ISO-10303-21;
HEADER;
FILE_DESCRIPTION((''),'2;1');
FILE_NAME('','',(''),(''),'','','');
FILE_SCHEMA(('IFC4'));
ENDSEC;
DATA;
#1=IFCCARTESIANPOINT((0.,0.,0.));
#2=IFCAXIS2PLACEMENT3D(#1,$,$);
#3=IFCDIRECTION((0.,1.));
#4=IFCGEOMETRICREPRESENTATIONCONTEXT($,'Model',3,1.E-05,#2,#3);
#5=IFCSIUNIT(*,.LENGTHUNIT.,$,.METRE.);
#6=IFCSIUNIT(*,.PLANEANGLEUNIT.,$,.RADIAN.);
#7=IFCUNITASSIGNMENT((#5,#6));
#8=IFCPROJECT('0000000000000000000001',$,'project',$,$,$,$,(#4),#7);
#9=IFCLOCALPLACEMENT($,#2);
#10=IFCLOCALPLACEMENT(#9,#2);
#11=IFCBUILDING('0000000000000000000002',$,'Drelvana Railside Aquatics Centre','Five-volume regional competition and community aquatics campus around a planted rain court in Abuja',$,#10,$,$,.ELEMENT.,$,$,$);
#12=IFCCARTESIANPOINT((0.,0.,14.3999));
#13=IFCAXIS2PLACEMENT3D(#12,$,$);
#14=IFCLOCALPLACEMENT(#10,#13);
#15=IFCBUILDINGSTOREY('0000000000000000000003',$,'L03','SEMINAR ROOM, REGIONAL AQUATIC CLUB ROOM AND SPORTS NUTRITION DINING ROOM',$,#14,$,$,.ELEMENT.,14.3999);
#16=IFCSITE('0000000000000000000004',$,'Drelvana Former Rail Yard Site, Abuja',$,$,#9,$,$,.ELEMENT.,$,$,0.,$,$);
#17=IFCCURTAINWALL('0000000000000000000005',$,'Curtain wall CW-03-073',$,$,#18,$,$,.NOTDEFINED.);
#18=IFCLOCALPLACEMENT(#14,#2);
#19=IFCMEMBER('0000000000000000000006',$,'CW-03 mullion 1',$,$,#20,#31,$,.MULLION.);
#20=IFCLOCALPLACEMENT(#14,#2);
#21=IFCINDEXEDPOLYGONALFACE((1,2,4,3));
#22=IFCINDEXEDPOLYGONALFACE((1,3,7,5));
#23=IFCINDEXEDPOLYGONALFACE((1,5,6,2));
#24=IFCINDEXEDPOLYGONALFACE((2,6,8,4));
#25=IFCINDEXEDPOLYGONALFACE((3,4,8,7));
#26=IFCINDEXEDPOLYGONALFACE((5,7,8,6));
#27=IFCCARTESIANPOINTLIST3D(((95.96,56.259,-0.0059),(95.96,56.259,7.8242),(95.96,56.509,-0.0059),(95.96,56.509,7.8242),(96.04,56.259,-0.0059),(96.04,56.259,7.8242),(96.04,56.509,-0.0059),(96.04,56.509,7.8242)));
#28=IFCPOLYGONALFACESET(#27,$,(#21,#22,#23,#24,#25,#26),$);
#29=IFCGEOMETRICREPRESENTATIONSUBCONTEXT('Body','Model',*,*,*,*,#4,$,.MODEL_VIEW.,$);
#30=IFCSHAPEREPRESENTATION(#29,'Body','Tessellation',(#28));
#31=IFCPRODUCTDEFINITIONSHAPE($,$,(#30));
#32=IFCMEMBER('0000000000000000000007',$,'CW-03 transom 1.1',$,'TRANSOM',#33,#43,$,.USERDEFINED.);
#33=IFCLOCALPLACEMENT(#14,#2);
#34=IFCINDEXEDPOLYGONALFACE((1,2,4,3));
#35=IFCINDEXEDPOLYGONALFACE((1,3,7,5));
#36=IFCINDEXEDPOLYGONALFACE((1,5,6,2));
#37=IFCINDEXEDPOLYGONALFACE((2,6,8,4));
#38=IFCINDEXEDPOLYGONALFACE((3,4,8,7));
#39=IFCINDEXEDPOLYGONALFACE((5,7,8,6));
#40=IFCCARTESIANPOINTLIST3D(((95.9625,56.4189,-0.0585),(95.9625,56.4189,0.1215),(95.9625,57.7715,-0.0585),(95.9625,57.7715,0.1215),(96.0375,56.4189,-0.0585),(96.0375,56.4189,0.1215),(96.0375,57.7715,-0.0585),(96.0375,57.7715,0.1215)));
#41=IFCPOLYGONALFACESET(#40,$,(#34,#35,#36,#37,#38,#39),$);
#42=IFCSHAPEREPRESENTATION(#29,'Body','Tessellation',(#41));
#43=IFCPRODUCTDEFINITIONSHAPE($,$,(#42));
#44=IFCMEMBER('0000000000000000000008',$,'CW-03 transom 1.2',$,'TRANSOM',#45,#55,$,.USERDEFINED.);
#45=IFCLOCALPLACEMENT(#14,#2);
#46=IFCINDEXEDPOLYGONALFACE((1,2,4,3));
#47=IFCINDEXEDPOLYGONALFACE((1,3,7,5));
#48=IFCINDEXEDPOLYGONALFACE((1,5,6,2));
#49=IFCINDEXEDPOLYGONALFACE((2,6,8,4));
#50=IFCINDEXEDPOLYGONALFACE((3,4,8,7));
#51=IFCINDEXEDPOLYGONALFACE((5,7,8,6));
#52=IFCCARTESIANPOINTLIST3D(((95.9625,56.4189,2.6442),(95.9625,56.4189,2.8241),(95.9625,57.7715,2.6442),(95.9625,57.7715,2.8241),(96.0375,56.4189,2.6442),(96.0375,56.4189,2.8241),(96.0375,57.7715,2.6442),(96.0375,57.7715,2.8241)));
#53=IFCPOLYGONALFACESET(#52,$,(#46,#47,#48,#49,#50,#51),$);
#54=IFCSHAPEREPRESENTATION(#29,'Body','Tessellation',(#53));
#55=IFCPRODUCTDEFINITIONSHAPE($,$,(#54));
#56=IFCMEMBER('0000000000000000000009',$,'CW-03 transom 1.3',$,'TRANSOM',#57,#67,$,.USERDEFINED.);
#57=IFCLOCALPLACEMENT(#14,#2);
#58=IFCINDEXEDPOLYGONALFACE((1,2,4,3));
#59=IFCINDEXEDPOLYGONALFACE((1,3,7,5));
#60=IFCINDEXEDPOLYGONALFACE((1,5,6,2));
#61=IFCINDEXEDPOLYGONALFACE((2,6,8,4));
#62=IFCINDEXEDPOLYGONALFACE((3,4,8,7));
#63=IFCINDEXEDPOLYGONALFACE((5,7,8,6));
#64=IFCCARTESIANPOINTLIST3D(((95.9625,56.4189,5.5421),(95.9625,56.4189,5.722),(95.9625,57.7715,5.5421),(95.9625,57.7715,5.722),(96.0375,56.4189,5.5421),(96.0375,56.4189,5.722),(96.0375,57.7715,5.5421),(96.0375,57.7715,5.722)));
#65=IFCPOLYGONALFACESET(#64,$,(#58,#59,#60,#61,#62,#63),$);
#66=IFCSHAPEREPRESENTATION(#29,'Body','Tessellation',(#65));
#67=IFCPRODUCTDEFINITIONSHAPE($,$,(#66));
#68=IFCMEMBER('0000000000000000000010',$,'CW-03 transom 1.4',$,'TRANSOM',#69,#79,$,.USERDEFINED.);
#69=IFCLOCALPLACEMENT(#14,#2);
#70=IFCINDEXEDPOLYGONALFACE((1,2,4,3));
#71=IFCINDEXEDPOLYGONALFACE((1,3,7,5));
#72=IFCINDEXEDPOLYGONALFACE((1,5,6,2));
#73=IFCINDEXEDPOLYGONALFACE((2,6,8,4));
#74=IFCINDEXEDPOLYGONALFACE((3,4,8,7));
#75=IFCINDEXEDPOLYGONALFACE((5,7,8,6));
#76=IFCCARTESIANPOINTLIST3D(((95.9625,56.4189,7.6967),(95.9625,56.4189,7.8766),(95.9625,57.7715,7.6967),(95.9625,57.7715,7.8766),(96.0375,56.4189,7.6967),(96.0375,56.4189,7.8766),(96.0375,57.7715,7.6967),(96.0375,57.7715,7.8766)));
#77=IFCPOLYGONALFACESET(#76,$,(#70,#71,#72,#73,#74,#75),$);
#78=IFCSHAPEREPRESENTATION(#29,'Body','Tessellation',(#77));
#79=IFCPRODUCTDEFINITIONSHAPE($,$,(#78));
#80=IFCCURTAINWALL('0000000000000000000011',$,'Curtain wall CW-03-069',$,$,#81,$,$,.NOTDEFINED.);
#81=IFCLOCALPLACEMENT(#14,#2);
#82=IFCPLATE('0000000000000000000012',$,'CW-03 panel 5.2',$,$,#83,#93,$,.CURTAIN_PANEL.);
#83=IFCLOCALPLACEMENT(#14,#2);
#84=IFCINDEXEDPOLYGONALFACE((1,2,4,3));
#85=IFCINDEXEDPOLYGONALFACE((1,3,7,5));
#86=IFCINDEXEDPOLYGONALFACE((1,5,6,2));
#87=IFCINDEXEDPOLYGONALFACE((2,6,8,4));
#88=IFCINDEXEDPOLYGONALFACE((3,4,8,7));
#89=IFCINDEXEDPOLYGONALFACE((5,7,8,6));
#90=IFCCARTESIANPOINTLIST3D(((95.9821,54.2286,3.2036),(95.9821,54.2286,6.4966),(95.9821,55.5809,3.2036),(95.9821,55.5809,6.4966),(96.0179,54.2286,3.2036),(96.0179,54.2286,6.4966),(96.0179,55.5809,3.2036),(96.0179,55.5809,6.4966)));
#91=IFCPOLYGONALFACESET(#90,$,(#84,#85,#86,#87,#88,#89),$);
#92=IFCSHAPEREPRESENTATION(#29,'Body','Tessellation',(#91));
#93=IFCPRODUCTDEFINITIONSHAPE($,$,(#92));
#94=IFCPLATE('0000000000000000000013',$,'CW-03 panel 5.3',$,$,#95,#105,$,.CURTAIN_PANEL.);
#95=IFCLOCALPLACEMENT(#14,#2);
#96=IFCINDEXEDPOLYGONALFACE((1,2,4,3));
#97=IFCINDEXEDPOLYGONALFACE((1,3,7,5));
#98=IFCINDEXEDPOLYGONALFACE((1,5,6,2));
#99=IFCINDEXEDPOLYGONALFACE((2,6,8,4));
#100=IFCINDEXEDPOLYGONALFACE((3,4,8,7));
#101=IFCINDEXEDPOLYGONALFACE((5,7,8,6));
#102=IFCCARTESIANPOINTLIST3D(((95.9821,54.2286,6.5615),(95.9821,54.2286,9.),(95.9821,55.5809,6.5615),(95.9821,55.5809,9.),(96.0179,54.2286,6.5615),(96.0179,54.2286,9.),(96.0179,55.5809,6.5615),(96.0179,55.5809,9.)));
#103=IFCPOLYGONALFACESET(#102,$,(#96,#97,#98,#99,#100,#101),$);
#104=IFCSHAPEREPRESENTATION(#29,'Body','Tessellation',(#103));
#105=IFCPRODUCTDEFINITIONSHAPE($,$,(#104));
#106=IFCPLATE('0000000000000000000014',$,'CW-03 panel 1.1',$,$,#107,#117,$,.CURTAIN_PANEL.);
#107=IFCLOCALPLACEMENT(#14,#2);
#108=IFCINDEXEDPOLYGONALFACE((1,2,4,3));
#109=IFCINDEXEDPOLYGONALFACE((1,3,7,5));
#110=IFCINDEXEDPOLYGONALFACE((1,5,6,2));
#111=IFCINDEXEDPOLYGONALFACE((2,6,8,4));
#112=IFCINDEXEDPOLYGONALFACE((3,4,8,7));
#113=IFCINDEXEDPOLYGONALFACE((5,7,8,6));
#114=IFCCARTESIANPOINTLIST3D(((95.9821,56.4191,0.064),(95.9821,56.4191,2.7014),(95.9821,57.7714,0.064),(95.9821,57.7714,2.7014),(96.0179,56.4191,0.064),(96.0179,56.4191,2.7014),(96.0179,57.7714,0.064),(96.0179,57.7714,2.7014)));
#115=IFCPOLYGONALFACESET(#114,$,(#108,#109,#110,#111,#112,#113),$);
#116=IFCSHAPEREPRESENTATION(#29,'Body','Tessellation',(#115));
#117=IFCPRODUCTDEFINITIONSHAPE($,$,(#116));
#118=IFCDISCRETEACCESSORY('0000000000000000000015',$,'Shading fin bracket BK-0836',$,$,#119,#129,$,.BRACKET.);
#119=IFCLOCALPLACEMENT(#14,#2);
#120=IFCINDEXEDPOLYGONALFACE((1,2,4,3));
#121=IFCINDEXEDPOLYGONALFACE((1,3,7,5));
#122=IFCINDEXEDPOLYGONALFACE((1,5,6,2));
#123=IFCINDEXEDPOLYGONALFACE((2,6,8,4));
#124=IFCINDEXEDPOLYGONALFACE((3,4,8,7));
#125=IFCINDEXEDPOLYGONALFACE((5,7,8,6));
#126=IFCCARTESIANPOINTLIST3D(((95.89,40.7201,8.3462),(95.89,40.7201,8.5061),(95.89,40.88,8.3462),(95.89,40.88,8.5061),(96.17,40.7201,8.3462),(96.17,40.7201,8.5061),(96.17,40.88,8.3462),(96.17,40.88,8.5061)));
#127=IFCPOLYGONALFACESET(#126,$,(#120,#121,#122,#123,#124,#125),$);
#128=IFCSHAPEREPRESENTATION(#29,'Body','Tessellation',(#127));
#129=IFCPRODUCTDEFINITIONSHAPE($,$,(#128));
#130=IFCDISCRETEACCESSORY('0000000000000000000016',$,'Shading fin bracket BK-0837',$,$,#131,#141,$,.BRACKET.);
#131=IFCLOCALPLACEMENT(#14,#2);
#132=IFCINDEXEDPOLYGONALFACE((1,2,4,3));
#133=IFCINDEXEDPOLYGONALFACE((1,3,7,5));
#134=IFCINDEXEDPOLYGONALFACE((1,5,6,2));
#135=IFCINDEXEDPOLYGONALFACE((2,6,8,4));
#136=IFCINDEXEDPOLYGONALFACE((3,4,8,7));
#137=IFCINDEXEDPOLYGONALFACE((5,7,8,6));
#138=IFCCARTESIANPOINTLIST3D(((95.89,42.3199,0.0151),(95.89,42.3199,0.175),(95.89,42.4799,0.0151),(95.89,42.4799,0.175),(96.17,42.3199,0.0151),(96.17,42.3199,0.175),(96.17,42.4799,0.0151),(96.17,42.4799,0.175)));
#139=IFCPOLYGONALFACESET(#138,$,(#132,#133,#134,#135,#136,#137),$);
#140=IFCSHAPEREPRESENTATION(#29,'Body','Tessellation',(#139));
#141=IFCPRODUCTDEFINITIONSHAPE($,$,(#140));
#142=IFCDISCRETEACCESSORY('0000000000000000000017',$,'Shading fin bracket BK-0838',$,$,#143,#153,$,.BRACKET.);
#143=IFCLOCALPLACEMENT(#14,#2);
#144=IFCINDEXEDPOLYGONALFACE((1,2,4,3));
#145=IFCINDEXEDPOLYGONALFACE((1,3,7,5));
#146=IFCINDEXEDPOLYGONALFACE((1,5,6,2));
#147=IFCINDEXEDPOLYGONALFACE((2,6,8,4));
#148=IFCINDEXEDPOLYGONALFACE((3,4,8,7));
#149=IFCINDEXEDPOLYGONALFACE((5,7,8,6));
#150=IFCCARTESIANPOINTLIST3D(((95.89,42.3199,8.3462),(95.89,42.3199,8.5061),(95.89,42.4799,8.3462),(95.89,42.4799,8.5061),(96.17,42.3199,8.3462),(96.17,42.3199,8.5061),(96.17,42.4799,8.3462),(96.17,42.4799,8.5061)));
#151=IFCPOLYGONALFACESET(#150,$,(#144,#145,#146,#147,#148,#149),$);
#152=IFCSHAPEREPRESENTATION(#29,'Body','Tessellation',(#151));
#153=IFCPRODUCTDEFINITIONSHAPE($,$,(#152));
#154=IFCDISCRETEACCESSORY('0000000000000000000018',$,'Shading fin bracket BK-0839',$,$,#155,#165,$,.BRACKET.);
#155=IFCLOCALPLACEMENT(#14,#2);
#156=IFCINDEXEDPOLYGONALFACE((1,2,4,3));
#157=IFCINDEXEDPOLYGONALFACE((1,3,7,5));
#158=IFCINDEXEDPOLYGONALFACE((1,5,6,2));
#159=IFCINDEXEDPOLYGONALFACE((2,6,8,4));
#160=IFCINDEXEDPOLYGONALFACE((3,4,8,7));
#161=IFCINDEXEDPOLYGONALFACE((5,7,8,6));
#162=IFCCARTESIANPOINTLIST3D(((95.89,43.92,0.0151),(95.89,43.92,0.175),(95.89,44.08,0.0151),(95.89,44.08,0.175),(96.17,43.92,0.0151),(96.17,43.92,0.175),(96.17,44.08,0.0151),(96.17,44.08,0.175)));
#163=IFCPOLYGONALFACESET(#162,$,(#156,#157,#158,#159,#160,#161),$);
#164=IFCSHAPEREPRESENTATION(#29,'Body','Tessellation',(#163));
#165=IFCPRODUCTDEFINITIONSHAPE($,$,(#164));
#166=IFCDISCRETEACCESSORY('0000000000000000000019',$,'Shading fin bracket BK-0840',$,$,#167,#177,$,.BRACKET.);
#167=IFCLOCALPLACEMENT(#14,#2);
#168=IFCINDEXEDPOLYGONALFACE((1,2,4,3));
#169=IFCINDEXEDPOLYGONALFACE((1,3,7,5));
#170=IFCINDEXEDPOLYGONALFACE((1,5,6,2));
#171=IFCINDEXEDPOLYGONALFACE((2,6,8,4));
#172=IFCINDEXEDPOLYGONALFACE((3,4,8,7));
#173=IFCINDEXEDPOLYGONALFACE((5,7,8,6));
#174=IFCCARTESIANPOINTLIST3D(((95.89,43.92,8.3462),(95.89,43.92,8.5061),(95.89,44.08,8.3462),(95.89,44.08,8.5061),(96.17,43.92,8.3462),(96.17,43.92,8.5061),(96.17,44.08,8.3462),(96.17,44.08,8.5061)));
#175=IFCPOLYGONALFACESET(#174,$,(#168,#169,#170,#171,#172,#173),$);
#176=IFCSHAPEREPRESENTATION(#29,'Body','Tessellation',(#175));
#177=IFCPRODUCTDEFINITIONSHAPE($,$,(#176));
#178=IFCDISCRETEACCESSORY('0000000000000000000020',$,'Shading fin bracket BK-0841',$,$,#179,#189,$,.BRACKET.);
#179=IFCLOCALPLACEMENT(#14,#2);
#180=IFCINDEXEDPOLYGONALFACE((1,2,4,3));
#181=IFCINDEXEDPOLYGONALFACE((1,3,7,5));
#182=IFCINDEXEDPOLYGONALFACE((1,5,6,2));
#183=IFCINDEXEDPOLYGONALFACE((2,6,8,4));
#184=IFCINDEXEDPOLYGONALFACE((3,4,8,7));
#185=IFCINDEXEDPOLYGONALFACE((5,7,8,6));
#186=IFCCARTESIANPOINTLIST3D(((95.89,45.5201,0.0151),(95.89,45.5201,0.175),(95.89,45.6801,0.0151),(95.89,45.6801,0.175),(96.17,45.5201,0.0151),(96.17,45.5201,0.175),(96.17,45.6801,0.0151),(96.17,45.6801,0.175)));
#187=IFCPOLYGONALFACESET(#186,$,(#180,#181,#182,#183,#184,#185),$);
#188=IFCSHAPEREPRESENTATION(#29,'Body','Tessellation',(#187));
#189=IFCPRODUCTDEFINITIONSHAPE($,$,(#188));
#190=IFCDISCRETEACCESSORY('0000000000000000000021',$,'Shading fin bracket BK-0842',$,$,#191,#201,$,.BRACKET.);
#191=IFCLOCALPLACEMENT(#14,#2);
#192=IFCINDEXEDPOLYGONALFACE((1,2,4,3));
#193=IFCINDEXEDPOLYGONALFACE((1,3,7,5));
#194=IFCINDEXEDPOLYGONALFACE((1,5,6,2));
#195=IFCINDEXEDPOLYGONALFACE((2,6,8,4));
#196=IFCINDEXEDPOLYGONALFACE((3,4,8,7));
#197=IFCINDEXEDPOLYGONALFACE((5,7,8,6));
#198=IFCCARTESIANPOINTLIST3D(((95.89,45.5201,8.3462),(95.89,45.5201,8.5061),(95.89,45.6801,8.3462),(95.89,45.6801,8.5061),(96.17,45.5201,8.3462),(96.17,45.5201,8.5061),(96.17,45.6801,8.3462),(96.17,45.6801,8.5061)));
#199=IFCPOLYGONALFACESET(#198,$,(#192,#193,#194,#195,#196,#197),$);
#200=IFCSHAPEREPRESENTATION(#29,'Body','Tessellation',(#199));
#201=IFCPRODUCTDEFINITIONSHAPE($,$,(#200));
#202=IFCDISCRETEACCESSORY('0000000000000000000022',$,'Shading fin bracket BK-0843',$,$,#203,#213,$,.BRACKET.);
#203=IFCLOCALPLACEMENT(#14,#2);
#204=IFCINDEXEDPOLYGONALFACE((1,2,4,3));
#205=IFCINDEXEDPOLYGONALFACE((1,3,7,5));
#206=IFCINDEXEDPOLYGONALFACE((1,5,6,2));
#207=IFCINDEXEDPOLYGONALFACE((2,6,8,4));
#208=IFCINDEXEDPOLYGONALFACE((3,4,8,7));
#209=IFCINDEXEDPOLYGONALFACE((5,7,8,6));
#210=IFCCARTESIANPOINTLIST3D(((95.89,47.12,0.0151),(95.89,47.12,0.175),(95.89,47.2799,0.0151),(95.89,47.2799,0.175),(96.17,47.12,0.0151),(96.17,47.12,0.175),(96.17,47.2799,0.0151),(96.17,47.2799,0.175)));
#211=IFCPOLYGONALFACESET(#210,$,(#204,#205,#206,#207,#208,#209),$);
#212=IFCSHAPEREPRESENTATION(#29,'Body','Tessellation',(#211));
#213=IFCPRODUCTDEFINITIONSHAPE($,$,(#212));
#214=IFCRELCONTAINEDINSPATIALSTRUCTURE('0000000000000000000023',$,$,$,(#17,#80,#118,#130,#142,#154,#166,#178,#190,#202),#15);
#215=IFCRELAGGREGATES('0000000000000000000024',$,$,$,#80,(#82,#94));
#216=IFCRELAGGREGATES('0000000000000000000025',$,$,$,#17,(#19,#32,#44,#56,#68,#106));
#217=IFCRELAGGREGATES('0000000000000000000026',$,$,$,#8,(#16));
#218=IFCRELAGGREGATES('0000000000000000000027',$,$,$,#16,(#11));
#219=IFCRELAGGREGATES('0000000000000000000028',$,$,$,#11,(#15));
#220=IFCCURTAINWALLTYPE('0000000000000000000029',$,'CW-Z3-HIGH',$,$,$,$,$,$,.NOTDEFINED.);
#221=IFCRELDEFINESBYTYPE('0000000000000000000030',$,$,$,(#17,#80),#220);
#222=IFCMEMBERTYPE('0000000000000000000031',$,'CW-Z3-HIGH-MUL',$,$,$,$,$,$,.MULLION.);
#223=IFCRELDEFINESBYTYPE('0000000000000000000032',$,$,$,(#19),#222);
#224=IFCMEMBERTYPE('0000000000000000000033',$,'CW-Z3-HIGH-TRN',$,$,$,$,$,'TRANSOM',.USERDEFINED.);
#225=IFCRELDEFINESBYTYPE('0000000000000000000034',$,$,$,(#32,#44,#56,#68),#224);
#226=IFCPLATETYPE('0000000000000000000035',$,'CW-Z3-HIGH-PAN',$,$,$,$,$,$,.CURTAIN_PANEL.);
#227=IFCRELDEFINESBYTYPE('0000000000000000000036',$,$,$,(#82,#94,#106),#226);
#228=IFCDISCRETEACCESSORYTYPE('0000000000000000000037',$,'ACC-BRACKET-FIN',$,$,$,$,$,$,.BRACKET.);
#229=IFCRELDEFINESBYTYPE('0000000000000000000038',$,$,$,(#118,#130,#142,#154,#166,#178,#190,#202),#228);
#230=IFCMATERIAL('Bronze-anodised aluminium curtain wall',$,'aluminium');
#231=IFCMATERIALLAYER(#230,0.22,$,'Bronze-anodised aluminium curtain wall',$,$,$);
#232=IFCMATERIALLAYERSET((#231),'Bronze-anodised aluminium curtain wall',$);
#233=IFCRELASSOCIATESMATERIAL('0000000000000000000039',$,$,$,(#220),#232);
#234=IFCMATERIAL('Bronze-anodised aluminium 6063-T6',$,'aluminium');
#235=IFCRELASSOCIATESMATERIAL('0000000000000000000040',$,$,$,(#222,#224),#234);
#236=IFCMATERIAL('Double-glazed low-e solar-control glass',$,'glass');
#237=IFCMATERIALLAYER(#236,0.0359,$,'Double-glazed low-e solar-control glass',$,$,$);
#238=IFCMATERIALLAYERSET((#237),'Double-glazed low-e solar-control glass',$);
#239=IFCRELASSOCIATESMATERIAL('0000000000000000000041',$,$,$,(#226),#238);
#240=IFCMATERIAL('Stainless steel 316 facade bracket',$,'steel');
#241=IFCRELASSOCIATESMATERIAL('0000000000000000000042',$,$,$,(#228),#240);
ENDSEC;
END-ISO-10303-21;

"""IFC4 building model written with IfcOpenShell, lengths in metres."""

from ifc_helpers import new_model, si_unit, direction, frame, origin, origin_2d, place, context, subcontext, project, spatial, rectangle, extrude, material, layer, layer_set, material_profile, profile_set, type_object, element, aggregate, save


model = new_model("IFC4")

# Units and contexts
model_context = context("Model", 3, precision=1e-05, world=origin(), true_north=direction((0.0, 1.0)))
body_context = subcontext(model_context, "Body", "Model", "MODEL_VIEW")
ifc_project = project(units=[si_unit("LENGTHUNIT", "METRE"), si_unit("PLANEANGLEUNIT", "RADIAN")], contexts=[model_context])

# Site, building, storey
site_placement = place(None, origin())
site = spatial("IfcSite", under=ifc_project, at=site_placement, Name="Drelvana Former Rail Yard Site, Abuja", CompositionType="ELEMENT", RefElevation=0.0)
building_placement = place(site_placement, origin())
building = spatial("IfcBuilding", under=site, at=building_placement, Name="Drelvana Railside Aquatics Centre", Description="Five-volume regional competition and community aquatics campus around a planted rain court in Abuja", CompositionType="ELEMENT")
storey_placement = place(building_placement, frame((0.0, 0.0, 14.3999)))
storey = spatial("IfcBuildingStorey", under=building, at=storey_placement, Name="L03", Description="SEMINAR ROOM, REGIONAL AQUATIC CLUB ROOM AND SPORTS NUTRITION DINING ROOM", CompositionType="ELEMENT", Elevation=14.3999)

# Curtain wall, members
ifc_material_1 = material(Name="Bronze-anodised aluminium curtain wall", Category="aluminium")
ifc_layer_1 = layer(ifc_material_1, 0.22, Name="Bronze-anodised aluminium curtain wall")
ifc_layer_set_1 = layer_set([ifc_layer_1], Name="Bronze-anodised aluminium curtain wall")
curtain_wall_type = type_object("IfcCurtainWallType", Name="CW-Z3-HIGH", PredefinedType="NOTDEFINED", material=ifc_layer_set_1)
curtain_wall_1_placement = place(storey_placement, origin())
curtain_wall_1 = element("IfcCurtainWall", 1, at=curtain_wall_1_placement, inside=storey, type_object=curtain_wall_type, Name="Curtain wall CW-03-073", PredefinedType="NOTDEFINED")
ifc_material_2 = material(Name="Bronze-anodised aluminium 6063-T6", Category="aluminium")
ifc_material_profile_1 = material_profile(ifc_material_2, rectangle(XDim=0.0801, YDim=0.25, at=origin_2d()), Name="ALU-M 80x250")
ifc_profile_set_1 = profile_set([ifc_material_profile_1], Name="Bronze-anodised aluminium 6063-T6")
member_type_1 = type_object("IfcMemberType", Name="CW-Z3-HIGH-MUL", PredefinedType="MULLION", material=ifc_profile_set_1)
member_1_placement = place(storey_placement, frame((96.0, 56.384, -0.0059), z_axis=(0.0, 0.0, 1.0), x_axis=(-1.0, 0.0, 0.0)))
member_1 = element("IfcMember", 2, at=member_1_placement, type_object=member_type_1, Name="CW-03 mullion 1", PredefinedType="MULLION", context=body_context, shape_type="SweptSolid", body=[
    extrude(rectangle(XDim=0.0801, YDim=0.25, at=origin_2d()), origin(), (0.0, 0.0, 1.0), 7.8301),
])
ifc_material_profile_2 = material_profile(ifc_material_2, rectangle(XDim=0.1799, YDim=0.075, at=origin_2d()), Name="ALU-T 75x180")
ifc_profile_set_2 = profile_set([ifc_material_profile_2], Name="Bronze-anodised aluminium 6063-T6")
member_type_2 = type_object("IfcMemberType", Name="CW-Z3-HIGH-TRN", ElementType="TRANSOM", PredefinedType="USERDEFINED", material=ifc_profile_set_2)
member_2_placement = place(storey_placement, frame((96.0, 56.4189, 0.0315), z_axis=(0.0, 1.0, 0.0), x_axis=(0.0, 0.0, 1.0)))
member_2 = element("IfcMember", 3, at=member_2_placement, type_object=member_type_2, Name="CW-03 transom 1.1", ObjectType="TRANSOM", PredefinedType="USERDEFINED", context=body_context, shape_type="SweptSolid", body=[
    extrude(rectangle(XDim=0.1799, YDim=0.075, at=origin_2d()), origin(), (0.0, 0.0, 1.0), 1.3525),
])
member_3_placement = place(storey_placement, frame((96.0, 56.4189, 2.7341), z_axis=(0.0, 1.0, 0.0), x_axis=(0.0, 0.0, 1.0)))
member_3 = element("IfcMember", 4, at=member_3_placement, type_object=member_type_2, Name="CW-03 transom 1.2", ObjectType="TRANSOM", PredefinedType="USERDEFINED", context=body_context, shape_type="SweptSolid", body=[
    extrude(rectangle(XDim=0.1799, YDim=0.075, at=origin_2d()), origin(), (0.0, 0.0, 1.0), 1.3525),
])
member_4_placement = place(storey_placement, frame((96.0, 56.4189, 5.6321), z_axis=(0.0, 1.0, 0.0), x_axis=(0.0, 0.0, 1.0)))
member_4 = element("IfcMember", 5, at=member_4_placement, type_object=member_type_2, Name="CW-03 transom 1.3", ObjectType="TRANSOM", PredefinedType="USERDEFINED", context=body_context, shape_type="SweptSolid", body=[
    extrude(rectangle(XDim=0.1799, YDim=0.075, at=origin_2d()), origin(), (0.0, 0.0, 1.0), 1.3525),
])
member_5_placement = place(storey_placement, frame((96.0, 56.4189, 7.7866), z_axis=(0.0, 1.0, 0.0), x_axis=(0.0, 0.0, 1.0)))
member_5 = element("IfcMember", 6, at=member_5_placement, type_object=member_type_2, Name="CW-03 transom 1.4", ObjectType="TRANSOM", PredefinedType="USERDEFINED", context=body_context, shape_type="SweptSolid", body=[
    extrude(rectangle(XDim=0.1799, YDim=0.075, at=origin_2d()), origin(), (0.0, 0.0, 1.0), 1.3525),
])

# Curtain wall, plates
curtain_wall_2_placement = place(storey_placement, origin())
curtain_wall_2 = element("IfcCurtainWall", 7, at=curtain_wall_2_placement, inside=storey, type_object=curtain_wall_type, Name="Curtain wall CW-03-069", PredefinedType="NOTDEFINED")
ifc_material_3 = material(Name="Double-glazed low-e solar-control glass", Category="glass")
ifc_layer_2 = layer(ifc_material_3, 0.0359, Name="Double-glazed low-e solar-control glass")
ifc_layer_set_2 = layer_set([ifc_layer_2], Name="Double-glazed low-e solar-control glass")
plate_type = type_object("IfcPlateType", Name="CW-Z3-HIGH-PAN", PredefinedType="CURTAIN_PANEL", material=ifc_layer_set_2)
plate_1_placement = place(storey_placement, frame((96.0, 54.9048, 3.2036), z_axis=(0.0, 0.0, 1.0), x_axis=(0.0, 1.0, 0.0)))
plate_1 = element("IfcPlate", 8, at=plate_1_placement, type_object=plate_type, Name="CW-03 panel 5.2", PredefinedType="CURTAIN_PANEL", context=body_context, shape_type="SweptSolid", body=[
    extrude(rectangle(XDim=1.3523, YDim=0.0359, at=origin_2d()), origin(), (0.0, 0.0, 1.0), 3.293),
])
plate_2_placement = place(storey_placement, frame((96.0, 54.9048, 6.5615), z_axis=(0.0, 0.0, 1.0), x_axis=(0.0, 1.0, 0.0)))
plate_2 = element("IfcPlate", 9, at=plate_2_placement, type_object=plate_type, Name="CW-03 panel 5.3", PredefinedType="CURTAIN_PANEL", context=body_context, shape_type="SweptSolid", body=[
    extrude(rectangle(XDim=1.3523, YDim=0.0359, at=origin_2d()), origin(), (0.0, 0.0, 1.0), 2.4385),
])
aggregate(curtain_wall_2, [plate_1, plate_2])

# Plate
plate_3_placement = place(storey_placement, frame((96.0, 57.0952, 0.064), z_axis=(0.0, 0.0, 1.0), x_axis=(0.0, 1.0, 0.0)))
plate_3 = element("IfcPlate", 10, at=plate_3_placement, type_object=plate_type, Name="CW-03 panel 1.1", PredefinedType="CURTAIN_PANEL", context=body_context, shape_type="SweptSolid", body=[
    extrude(rectangle(XDim=1.3523, YDim=0.0359, at=origin_2d()), origin(), (0.0, 0.0, 1.0), 2.6375),
])
aggregate(curtain_wall_1, [member_1, member_2, member_3, member_4, member_5, plate_3])

# Discrete accessories
ifc_material_4 = material(Name="Stainless steel 316 facade bracket", Category="steel")
discrete_accessory_type = type_object("IfcDiscreteAccessoryType", Name="ACC-BRACKET-FIN", PredefinedType="BRACKET", material=ifc_material_4)
for number, where, z_axis, x_axis, name in (
    (11, (96.03, 40.8, 8.3462), (0.0, 0.0, 1.0), (1.0, 0.0, 0.0), "Shading fin bracket BK-0836"),
    (12, (96.03, 42.3999, 0.0151), (0.0, 0.0, 1.0), (1.0, 0.0, 0.0), "Shading fin bracket BK-0837"),
    (13, (96.03, 42.3999, 8.3462), (0.0, 0.0, 1.0), (1.0, 0.0, 0.0), "Shading fin bracket BK-0838"),
    (14, (96.03, 44.0, 0.0151), (0.0, 0.0, 1.0), (1.0, 0.0, 0.0), "Shading fin bracket BK-0839"),
    (15, (96.03, 44.0, 8.3462), (0.0, 0.0, 1.0), (1.0, 0.0, 0.0), "Shading fin bracket BK-0840"),
    (16, (96.03, 45.6001, 0.0151), (0.0, 0.0, 1.0), (1.0, 0.0, 0.0), "Shading fin bracket BK-0841"),
    (17, (96.03, 45.6001, 8.3462), (0.0, 0.0, 1.0), (1.0, 0.0, 0.0), "Shading fin bracket BK-0842"),
    (18, (96.03, 47.2, 0.0151), (0.0, 0.0, 1.0), (1.0, 0.0, 0.0), "Shading fin bracket BK-0843"),
):
    element("IfcDiscreteAccessory", number, at=place(storey_placement, frame(where, z_axis=z_axis, x_axis=x_axis)), inside=storey, type_object=discrete_accessory_type, Name=name, PredefinedType="BRACKET", context=body_context, shape_type="SweptSolid", body=[
        extrude(rectangle(XDim=0.28, YDim=0.1599, at=origin_2d()), origin(), (0.0, 0.0, 1.0), 0.1599),
    ])

save(model, "model.ifc")
